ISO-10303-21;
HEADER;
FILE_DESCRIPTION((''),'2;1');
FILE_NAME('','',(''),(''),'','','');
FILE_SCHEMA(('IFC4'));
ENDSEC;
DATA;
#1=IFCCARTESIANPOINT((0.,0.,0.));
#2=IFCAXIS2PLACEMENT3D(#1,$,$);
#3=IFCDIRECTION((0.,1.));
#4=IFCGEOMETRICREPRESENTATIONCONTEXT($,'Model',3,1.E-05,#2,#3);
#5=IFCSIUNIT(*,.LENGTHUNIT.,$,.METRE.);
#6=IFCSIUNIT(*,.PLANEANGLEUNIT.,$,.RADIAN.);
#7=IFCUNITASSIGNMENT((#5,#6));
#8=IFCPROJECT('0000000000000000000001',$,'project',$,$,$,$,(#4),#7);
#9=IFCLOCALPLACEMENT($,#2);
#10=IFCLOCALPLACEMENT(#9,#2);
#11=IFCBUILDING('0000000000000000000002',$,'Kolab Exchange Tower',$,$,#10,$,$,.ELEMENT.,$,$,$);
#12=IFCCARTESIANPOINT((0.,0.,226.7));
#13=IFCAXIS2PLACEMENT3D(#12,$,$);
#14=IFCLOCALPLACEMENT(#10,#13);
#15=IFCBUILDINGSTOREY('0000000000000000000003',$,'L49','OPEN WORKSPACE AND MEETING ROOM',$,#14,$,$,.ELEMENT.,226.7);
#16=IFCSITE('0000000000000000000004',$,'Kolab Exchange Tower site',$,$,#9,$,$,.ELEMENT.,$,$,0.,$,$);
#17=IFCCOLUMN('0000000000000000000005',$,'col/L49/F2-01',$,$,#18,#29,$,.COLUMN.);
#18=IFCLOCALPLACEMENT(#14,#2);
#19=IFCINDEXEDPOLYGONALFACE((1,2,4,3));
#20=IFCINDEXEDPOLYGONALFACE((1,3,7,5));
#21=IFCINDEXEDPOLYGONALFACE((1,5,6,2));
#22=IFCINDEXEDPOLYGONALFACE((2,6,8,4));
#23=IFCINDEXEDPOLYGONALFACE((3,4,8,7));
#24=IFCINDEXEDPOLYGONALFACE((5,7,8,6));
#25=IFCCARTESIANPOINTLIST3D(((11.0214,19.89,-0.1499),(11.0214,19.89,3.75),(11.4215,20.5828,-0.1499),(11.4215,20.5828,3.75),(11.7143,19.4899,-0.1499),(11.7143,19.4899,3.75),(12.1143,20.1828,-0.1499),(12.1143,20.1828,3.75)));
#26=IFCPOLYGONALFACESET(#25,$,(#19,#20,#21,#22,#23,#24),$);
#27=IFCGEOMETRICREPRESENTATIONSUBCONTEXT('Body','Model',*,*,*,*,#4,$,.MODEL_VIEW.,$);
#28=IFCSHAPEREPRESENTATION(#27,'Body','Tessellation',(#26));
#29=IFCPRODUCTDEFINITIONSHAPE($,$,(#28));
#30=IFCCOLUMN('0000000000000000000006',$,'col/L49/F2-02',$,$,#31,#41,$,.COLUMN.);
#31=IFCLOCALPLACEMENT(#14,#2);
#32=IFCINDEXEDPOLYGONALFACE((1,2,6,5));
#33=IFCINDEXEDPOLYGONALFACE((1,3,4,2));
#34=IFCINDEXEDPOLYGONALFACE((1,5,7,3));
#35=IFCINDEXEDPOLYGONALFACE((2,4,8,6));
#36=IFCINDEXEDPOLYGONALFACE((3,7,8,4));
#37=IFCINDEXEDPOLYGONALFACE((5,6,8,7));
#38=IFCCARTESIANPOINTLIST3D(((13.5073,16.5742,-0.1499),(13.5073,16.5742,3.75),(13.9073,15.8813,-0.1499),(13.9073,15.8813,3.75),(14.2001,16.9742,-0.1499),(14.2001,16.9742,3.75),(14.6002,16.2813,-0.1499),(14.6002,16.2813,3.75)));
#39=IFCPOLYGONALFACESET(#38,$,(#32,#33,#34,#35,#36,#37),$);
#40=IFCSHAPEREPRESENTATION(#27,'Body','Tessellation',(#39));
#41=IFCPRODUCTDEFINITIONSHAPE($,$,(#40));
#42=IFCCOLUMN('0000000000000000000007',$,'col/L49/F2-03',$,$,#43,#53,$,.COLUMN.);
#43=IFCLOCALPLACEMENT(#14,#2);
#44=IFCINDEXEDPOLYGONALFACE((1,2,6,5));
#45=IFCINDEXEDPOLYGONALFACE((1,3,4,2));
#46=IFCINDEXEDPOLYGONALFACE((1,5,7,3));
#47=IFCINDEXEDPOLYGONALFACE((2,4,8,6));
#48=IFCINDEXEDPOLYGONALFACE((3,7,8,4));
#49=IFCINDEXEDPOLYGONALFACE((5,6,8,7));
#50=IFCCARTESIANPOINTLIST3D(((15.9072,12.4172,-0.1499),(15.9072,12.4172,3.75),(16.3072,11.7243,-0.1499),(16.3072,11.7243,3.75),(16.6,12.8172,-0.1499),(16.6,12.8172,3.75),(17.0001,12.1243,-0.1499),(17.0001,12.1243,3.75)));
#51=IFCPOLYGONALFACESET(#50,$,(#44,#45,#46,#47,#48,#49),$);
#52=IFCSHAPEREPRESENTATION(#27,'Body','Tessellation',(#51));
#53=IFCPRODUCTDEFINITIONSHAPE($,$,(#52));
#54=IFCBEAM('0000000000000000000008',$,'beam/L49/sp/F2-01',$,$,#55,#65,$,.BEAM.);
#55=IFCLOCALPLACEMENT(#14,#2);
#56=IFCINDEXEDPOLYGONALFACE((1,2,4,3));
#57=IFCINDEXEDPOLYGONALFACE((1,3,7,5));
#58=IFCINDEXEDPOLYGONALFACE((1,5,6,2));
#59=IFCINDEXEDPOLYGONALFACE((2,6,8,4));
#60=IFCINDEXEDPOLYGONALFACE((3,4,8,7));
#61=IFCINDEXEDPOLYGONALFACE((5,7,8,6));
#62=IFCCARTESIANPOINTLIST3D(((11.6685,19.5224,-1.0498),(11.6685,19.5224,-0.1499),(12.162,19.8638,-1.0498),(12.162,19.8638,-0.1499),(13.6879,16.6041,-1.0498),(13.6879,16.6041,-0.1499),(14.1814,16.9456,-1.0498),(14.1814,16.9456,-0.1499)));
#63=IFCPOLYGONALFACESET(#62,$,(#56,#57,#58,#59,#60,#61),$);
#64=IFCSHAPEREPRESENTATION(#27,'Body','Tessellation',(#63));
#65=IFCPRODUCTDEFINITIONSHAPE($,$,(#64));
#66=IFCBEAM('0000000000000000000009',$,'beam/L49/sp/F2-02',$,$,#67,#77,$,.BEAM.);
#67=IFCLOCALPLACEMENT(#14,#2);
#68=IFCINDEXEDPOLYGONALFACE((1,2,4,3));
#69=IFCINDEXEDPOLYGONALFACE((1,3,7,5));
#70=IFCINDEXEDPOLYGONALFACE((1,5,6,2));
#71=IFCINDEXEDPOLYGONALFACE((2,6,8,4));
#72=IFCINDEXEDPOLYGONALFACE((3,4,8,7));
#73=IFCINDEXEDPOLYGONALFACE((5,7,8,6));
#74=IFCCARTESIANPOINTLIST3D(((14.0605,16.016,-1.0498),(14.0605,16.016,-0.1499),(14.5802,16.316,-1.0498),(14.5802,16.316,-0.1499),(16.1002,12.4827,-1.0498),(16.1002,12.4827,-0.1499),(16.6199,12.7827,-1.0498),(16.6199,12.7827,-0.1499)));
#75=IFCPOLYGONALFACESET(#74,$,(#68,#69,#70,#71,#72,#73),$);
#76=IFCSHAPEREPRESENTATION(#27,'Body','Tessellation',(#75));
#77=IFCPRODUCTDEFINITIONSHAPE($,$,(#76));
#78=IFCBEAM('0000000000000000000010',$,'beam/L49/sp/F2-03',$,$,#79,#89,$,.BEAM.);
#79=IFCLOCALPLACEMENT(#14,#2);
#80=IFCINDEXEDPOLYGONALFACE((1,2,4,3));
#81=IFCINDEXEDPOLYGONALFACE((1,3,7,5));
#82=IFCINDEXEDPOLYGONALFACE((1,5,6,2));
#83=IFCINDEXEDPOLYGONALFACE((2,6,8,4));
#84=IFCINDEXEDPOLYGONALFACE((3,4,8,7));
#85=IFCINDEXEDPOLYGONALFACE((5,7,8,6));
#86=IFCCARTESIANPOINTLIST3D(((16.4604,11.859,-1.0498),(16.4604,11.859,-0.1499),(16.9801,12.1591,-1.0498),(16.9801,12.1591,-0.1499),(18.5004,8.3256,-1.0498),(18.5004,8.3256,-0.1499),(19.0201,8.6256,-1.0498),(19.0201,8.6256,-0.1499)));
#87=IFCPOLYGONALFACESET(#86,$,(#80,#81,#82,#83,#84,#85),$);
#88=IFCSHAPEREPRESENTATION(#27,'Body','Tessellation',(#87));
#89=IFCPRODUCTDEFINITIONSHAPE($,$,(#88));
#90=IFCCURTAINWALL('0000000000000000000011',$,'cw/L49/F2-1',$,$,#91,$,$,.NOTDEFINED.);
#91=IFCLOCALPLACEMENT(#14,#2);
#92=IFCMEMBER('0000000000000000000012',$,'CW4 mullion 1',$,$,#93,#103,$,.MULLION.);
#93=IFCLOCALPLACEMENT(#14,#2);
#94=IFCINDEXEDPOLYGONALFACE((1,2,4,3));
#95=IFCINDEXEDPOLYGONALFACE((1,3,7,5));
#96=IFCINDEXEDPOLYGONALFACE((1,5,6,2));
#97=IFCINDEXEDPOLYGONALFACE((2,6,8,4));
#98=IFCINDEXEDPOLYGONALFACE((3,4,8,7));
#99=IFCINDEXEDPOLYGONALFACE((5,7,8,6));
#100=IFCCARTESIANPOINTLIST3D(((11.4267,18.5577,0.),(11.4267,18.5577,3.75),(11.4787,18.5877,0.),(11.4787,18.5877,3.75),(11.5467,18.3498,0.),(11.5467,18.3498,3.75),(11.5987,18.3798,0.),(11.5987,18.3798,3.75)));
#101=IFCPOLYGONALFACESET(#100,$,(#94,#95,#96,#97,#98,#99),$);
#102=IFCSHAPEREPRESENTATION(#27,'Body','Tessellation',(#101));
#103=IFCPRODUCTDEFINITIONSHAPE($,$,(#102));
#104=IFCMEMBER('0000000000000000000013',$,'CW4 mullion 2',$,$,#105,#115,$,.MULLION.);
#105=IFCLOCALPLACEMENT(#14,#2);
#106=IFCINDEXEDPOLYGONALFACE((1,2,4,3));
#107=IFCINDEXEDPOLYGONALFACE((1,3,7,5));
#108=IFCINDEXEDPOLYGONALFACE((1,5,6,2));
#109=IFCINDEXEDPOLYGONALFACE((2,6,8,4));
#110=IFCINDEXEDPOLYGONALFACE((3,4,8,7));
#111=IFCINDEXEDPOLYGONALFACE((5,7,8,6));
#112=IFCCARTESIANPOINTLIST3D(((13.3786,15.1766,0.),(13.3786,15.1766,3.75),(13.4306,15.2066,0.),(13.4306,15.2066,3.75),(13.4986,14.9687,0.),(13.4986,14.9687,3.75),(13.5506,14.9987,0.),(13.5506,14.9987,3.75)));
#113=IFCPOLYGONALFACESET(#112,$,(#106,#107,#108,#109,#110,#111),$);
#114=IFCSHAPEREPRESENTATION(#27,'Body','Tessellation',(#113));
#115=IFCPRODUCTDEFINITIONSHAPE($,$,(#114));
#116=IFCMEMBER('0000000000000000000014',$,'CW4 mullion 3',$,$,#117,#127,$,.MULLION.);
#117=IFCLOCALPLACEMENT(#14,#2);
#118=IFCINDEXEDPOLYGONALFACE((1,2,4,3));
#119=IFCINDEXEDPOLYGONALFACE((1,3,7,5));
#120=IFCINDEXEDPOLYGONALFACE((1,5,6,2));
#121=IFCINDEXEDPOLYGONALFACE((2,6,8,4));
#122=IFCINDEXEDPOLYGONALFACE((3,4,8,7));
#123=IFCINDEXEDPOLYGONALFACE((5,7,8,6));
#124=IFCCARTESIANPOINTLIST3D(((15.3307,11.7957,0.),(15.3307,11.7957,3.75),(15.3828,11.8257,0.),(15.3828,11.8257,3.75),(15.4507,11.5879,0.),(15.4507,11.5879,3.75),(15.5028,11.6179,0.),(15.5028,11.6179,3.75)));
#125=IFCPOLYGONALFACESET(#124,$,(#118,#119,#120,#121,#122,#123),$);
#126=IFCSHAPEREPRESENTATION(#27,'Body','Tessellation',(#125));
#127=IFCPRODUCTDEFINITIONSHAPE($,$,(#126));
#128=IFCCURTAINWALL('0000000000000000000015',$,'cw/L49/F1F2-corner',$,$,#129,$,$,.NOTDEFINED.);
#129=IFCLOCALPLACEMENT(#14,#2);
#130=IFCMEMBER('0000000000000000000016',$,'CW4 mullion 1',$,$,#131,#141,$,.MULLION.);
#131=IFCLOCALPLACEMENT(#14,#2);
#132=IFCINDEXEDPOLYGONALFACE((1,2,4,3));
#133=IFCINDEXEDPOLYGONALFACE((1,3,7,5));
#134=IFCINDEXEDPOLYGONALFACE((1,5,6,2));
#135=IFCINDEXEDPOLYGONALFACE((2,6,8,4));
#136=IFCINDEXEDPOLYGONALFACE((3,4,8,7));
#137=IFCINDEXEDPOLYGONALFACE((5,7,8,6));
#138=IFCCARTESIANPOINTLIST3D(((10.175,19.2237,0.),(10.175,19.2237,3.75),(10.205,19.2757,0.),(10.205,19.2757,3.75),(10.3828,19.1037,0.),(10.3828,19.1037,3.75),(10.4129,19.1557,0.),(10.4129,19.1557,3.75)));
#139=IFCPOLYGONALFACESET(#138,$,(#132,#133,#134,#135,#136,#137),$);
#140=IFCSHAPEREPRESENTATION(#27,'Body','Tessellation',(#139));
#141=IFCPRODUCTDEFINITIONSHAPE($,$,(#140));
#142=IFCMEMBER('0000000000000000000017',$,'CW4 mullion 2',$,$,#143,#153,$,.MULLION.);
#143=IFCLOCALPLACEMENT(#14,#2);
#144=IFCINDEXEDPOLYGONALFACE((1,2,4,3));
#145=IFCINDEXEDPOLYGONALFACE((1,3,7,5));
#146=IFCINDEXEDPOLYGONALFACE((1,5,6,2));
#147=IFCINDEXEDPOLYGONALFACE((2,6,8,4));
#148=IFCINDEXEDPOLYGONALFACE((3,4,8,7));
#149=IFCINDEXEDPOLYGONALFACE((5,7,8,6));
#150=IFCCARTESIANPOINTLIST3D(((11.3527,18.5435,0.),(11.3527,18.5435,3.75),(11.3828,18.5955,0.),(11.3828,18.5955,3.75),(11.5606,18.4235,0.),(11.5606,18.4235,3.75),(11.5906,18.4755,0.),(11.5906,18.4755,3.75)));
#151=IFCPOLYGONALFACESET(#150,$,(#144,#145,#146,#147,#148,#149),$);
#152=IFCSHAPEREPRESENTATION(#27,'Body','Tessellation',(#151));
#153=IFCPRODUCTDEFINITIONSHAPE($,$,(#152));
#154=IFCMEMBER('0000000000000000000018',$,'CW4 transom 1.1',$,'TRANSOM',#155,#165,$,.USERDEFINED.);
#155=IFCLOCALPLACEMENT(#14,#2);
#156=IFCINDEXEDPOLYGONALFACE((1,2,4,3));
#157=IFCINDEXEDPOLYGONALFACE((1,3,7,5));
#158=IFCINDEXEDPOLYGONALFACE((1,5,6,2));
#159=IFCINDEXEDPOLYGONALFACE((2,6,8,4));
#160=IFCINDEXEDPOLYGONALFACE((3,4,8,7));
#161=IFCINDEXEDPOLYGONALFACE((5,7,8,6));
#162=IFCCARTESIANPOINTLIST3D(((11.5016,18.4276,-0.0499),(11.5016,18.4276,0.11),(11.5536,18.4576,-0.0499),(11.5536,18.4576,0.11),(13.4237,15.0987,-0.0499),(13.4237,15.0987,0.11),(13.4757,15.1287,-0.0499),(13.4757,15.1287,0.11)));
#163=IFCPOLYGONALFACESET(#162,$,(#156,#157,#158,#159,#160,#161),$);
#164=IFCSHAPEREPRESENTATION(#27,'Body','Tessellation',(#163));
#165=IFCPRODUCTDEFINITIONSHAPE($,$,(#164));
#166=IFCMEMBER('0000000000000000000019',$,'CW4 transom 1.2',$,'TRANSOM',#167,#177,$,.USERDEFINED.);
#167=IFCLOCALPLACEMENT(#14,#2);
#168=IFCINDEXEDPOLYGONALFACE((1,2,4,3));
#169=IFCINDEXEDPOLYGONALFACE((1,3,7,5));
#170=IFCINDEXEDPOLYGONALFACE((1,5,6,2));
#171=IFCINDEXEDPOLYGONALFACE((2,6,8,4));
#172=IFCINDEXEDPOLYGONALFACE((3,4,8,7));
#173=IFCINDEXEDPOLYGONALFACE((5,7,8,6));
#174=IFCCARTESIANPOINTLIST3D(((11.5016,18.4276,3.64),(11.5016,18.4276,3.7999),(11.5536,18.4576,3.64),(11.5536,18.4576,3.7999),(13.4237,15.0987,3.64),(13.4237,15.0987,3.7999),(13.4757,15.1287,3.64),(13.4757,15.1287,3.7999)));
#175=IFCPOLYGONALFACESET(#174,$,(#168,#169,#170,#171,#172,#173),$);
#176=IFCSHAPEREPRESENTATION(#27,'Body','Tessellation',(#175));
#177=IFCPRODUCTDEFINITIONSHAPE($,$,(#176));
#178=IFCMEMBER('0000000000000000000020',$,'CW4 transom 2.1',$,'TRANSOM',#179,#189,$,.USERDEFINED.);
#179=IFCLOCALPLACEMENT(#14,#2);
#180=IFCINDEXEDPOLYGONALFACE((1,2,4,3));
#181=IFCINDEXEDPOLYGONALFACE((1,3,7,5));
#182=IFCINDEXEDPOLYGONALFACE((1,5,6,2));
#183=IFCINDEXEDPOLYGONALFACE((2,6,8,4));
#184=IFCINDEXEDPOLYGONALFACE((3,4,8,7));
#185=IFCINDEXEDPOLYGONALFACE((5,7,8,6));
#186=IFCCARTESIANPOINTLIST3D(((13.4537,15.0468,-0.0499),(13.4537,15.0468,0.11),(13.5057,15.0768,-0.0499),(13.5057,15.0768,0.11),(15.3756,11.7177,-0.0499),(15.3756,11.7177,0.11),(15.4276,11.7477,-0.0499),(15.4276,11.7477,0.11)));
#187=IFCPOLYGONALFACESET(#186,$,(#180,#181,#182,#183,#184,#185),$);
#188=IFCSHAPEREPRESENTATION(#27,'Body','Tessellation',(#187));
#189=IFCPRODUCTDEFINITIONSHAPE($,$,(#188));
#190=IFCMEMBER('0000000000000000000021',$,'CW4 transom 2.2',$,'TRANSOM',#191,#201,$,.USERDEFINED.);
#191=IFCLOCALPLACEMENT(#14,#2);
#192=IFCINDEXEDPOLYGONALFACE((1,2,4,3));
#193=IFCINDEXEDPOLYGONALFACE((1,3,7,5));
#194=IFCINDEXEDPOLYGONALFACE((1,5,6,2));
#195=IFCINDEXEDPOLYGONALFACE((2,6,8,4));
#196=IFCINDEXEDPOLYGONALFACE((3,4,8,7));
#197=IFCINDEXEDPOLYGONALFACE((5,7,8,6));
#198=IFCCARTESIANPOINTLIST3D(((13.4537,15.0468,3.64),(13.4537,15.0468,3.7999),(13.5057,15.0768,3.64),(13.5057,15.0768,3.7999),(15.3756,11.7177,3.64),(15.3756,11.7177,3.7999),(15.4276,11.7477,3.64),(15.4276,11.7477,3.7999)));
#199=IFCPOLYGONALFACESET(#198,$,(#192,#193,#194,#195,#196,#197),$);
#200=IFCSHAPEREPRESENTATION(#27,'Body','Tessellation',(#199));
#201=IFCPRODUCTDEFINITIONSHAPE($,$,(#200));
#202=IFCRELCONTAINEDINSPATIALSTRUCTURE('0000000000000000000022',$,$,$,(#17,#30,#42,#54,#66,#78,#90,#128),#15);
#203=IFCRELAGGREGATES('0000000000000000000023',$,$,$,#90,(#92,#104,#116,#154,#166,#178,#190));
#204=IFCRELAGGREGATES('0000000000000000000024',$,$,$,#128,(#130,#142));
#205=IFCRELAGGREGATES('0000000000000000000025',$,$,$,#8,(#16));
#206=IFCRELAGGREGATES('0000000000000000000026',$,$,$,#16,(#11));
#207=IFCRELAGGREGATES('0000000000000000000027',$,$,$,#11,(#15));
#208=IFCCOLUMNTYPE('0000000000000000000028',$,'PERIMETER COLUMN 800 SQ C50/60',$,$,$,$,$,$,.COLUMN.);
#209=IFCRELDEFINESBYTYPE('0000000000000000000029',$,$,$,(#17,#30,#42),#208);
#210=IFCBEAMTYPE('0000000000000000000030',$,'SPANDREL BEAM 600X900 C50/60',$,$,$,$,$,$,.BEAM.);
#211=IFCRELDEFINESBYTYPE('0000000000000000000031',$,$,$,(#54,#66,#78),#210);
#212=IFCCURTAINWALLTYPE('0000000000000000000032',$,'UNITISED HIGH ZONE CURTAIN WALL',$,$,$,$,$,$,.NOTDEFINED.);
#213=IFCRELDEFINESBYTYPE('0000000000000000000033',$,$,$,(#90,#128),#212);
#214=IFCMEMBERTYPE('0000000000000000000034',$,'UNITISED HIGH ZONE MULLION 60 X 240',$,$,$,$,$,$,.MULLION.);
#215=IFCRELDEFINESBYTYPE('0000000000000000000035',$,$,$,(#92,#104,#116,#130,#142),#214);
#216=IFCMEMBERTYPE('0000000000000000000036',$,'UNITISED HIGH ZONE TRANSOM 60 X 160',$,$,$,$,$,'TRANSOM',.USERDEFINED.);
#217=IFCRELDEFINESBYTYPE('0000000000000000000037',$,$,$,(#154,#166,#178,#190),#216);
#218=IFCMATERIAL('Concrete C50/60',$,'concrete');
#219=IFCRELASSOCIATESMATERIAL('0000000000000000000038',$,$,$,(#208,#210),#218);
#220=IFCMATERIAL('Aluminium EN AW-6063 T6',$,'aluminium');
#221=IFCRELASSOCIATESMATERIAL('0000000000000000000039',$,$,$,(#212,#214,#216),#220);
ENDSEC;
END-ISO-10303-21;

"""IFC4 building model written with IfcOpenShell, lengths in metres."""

from ifc_helpers import new_model, si_unit, direction, frame, origin, origin_2d, place, context, subcontext, project, spatial, rectangle, extrude, material, material_profile, profile_set, type_object, element, aggregate, save


model = new_model("IFC4")

# Units and contexts
model_context = context("Model", 3, precision=1e-05, world=origin(), true_north=direction((0.0, 1.0)))
body_context = subcontext(model_context, "Body", "Model", "MODEL_VIEW")
ifc_project = project(units=[si_unit("LENGTHUNIT", "METRE"), si_unit("PLANEANGLEUNIT", "RADIAN")], contexts=[model_context])

# Site, building, storey
site_placement = place(None, origin())
site = spatial("IfcSite", under=ifc_project, at=site_placement, Name="Kolab Exchange Tower site", CompositionType="ELEMENT", RefElevation=0.0)
building_placement = place(site_placement, origin())
building = spatial("IfcBuilding", under=site, at=building_placement, Name="Kolab Exchange Tower", CompositionType="ELEMENT")
storey_placement = place(building_placement, frame((0.0, 0.0, 226.7)))
storey = spatial("IfcBuildingStorey", under=building, at=storey_placement, Name="L49", Description="OPEN WORKSPACE AND MEETING ROOM", CompositionType="ELEMENT", Elevation=226.7)

# Columns
ifc_material_1 = material(Name="Concrete C50/60", Category="concrete")
ifc_material_profile_1 = material_profile(ifc_material_1, rectangle(XDim=0.8, YDim=0.8, at=origin_2d()), Name="RC800")
ifc_profile_set_1 = profile_set([ifc_material_profile_1], Name="Concrete C50/60")
column_type = type_object("IfcColumnType", Name="PERIMETER COLUMN 800 SQ C50/60", PredefinedType="COLUMN", material=ifc_profile_set_1)
for number, where, z_axis, x_axis, name in (
    (1, (11.5679, 20.0364, -0.1499), (0.0, 0.0, 1.0), (0.5, 0.866025, 0.0), "col/L49/F2-01"),
    (2, (14.0537, 16.4277, -0.1499), (0.0, 0.0, 1.0), (0.866025, 0.5, 0.0), "col/L49/F2-02"),
    (3, (16.4536, 12.2708, -0.1499), (0.0, 0.0, 1.0), (0.866025, 0.5, 0.0), "col/L49/F2-03"),
):
    element("IfcColumn", number, at=place(storey_placement, frame(where, z_axis=z_axis, x_axis=x_axis)), inside=storey, type_object=column_type, Name=name, PredefinedType="COLUMN", context=body_context, shape_type="SweptSolid", body=[
        extrude(rectangle(XDim=0.8, YDim=0.8, at=origin_2d()), origin(), (0.0, 0.0, 1.0), 3.8999),
    ])

# Beams
ifc_material_profile_2 = material_profile(ifc_material_1, rectangle(XDim=0.6001, YDim=0.8999, at=origin_2d()), Name="RC600X900")
ifc_profile_set_2 = profile_set([ifc_material_profile_2], Name="Concrete C50/60")
beam_type = type_object("IfcBeamType", Name="SPANDREL BEAM 600X900 C50/60", PredefinedType="BEAM", material=ifc_profile_set_2)
beam_1_placement = place(storey_placement, frame((11.9153, 19.6931, -0.5999), z_axis=(0.569017, -0.822326, 0.0), x_axis=(0.822326, 0.569017, 0.0)))
element("IfcBeam", 4, at=beam_1_placement, inside=storey, type_object=beam_type, Name="beam/L49/sp/F2-01", PredefinedType="BEAM", context=body_context, shape_type="SweptSolid", body=[
    extrude(rectangle(XDim=0.6001, YDim=0.8999, at=origin_2d()), origin(), (0.0, 0.0, 1.0), 3.5488),
])
beam_2_placement = place(storey_placement, frame((14.3203, 16.166, -0.5999), z_axis=(0.499956, -0.866051, 0.0), x_axis=(0.866051, 0.499956, 0.0)))
element("IfcBeam", 5, at=beam_2_placement, inside=storey, type_object=beam_type, Name="beam/L49/sp/F2-02", PredefinedType="BEAM", context=body_context, shape_type="SweptSolid", body=[
    extrude(rectangle(XDim=0.6001, YDim=0.8999, at=origin_2d()), origin(), (0.0, 0.0, 1.0), 4.0798),
])
beam_3_placement = place(storey_placement, frame((16.7202, 12.009, -0.5999), z_axis=(0.5, -0.866025, 0.0), x_axis=(0.866025, 0.5, 0.0)))
element("IfcBeam", 6, at=beam_3_placement, inside=storey, type_object=beam_type, Name="beam/L49/sp/F2-03", PredefinedType="BEAM", context=body_context, shape_type="SweptSolid", body=[
    extrude(rectangle(XDim=0.6001, YDim=0.8999, at=origin_2d()), origin(), (0.0, 0.0, 1.0), 4.0801),
])

# Curtain walls, members
ifc_material_2 = material(Name="Aluminium EN AW-6063 T6", Category="aluminium")
curtain_wall_type = type_object("IfcCurtainWallType", Name="UNITISED HIGH ZONE CURTAIN WALL", PredefinedType="NOTDEFINED", material=ifc_material_2)
curtain_wall_1_placement = place(storey_placement, origin())
curtain_wall_1 = element("IfcCurtainWall", 7, at=curtain_wall_1_placement, inside=storey, type_object=curtain_wall_type, Name="cw/L49/F2-1", PredefinedType="NOTDEFINED")
ifc_material_profile_3 = material_profile(ifc_material_2, rectangle(XDim=0.0601, YDim=0.24, at=origin_2d()), Name="RECT 60X240")
ifc_profile_set_3 = profile_set([ifc_material_profile_3], Name="Aluminium EN AW-6063 T6")
member_type_1 = type_object("IfcMemberType", Name="UNITISED HIGH ZONE MULLION 60 X 240", PredefinedType="MULLION", material=ifc_profile_set_3)
member_1_placement = place(storey_placement, frame((11.5127, 18.4688, 0.0), z_axis=(0.0, 0.0, 1.0), x_axis=(0.866025, 0.5, 0.0)))
member_1 = element("IfcMember", 8, at=member_1_placement, type_object=member_type_1, Name="CW4 mullion 1", PredefinedType="MULLION", context=body_context, shape_type="SweptSolid", body=[
    extrude(rectangle(XDim=0.0601, YDim=0.24, at=origin_2d()), origin(), (0.0, 0.0, 1.0), 3.75),
])
member_2_placement = place(storey_placement, frame((13.4646, 15.0876, 0.0), z_axis=(0.0, 0.0, 1.0), x_axis=(0.866025, 0.5, 0.0)))
member_2 = element("IfcMember", 9, at=member_2_placement, type_object=member_type_1, Name="CW4 mullion 2", PredefinedType="MULLION", context=body_context, shape_type="SweptSolid", body=[
    extrude(rectangle(XDim=0.0601, YDim=0.24, at=origin_2d()), origin(), (0.0, 0.0, 1.0), 3.75),
])
member_3_placement = place(storey_placement, frame((15.4167, 11.7068, 0.0), z_axis=(0.0, 0.0, 1.0), x_axis=(0.866025, 0.5, 0.0)))
member_3 = element("IfcMember", 10, at=member_3_placement, type_object=member_type_1, Name="CW4 mullion 3", PredefinedType="MULLION", context=body_context, shape_type="SweptSolid", body=[
    extrude(rectangle(XDim=0.0601, YDim=0.24, at=origin_2d()), origin(), (0.0, 0.0, 1.0), 3.75),
])
curtain_wall_2_placement = place(storey_placement, origin())
curtain_wall_2 = element("IfcCurtainWall", 11, at=curtain_wall_2_placement, inside=storey, type_object=curtain_wall_type, Name="cw/L49/F1F2-corner", PredefinedType="NOTDEFINED")
member_4_placement = place(storey_placement, frame((10.2939, 19.1897, 0.0), z_axis=(0.0, 0.0, 1.0), x_axis=(0.5, 0.866025, 0.0)))
member_4 = element("IfcMember", 12, at=member_4_placement, type_object=member_type_1, Name="CW4 mullion 1", PredefinedType="MULLION", context=body_context, shape_type="SweptSolid", body=[
    extrude(rectangle(XDim=0.0601, YDim=0.24, at=origin_2d()), origin(), (0.0, 0.0, 1.0), 3.75),
])
member_5_placement = place(storey_placement, frame((11.4717, 18.5095, 0.0), z_axis=(0.0, 0.0, 1.0), x_axis=(0.5, 0.866025, 0.0)))
member_5 = element("IfcMember", 13, at=member_5_placement, type_object=member_type_1, Name="CW4 mullion 2", PredefinedType="MULLION", context=body_context, shape_type="SweptSolid", body=[
    extrude(rectangle(XDim=0.0601, YDim=0.24, at=origin_2d()), origin(), (0.0, 0.0, 1.0), 3.75),
])

# Members
ifc_material_profile_4 = material_profile(ifc_material_2, rectangle(XDim=0.0601, YDim=0.1599, at=origin_2d()), Name="RECT 60X160")
ifc_profile_set_4 = profile_set([ifc_material_profile_4], Name="Aluminium EN AW-6063 T6")
member_type_2 = type_object("IfcMemberType", Name="UNITISED HIGH ZONE TRANSOM 60 X 160", ElementType="TRANSOM", PredefinedType="USERDEFINED", material=ifc_profile_set_4)
member_6_placement = place(storey_placement, frame((11.5276, 18.4426, 0.03), z_axis=(0.500039, -0.866003, 0.0), x_axis=(0.866003, 0.500039, 0.0)))
member_6 = element("IfcMember", 14, at=member_6_placement, type_object=member_type_2, Name="CW4 transom 1.1", ObjectType="TRANSOM", PredefinedType="USERDEFINED", context=body_context, shape_type="SweptSolid", body=[
    extrude(rectangle(XDim=0.0601, YDim=0.1599, at=origin_2d()), origin(), (0.0, 0.0, 1.0), 3.844),
])
member_7_placement = place(storey_placement, frame((11.5276, 18.4426, 3.72), z_axis=(0.500039, -0.866003, 0.0), x_axis=(0.866003, 0.500039, 0.0)))
member_7 = element("IfcMember", 15, at=member_7_placement, type_object=member_type_2, Name="CW4 transom 1.2", ObjectType="TRANSOM", PredefinedType="USERDEFINED", context=body_context, shape_type="SweptSolid", body=[
    extrude(rectangle(XDim=0.0601, YDim=0.1599, at=origin_2d()), origin(), (0.0, 0.0, 1.0), 3.844),
])
member_8_placement = place(storey_placement, frame((13.4797, 15.0618, 0.03), z_axis=(0.499964, -0.866046, 0.0), x_axis=(0.866046, 0.499964, 0.0)))
member_8 = element("IfcMember", 16, at=member_8_placement, type_object=member_type_2, Name="CW4 transom 2.1", ObjectType="TRANSOM", PredefinedType="USERDEFINED", context=body_context, shape_type="SweptSolid", body=[
    extrude(rectangle(XDim=0.0601, YDim=0.1599, at=origin_2d()), origin(), (0.0, 0.0, 1.0), 3.844),
])
member_9_placement = place(storey_placement, frame((13.4797, 15.0618, 3.72), z_axis=(0.499964, -0.866046, 0.0), x_axis=(0.866046, 0.499964, 0.0)))
member_9 = element("IfcMember", 17, at=member_9_placement, type_object=member_type_2, Name="CW4 transom 2.2", ObjectType="TRANSOM", PredefinedType="USERDEFINED", context=body_context, shape_type="SweptSolid", body=[
    extrude(rectangle(XDim=0.0601, YDim=0.1599, at=origin_2d()), origin(), (0.0, 0.0, 1.0), 3.844),
])

aggregate(curtain_wall_1, [member_1, member_2, member_3, member_6, member_7, member_8, member_9])
aggregate(curtain_wall_2, [member_4, member_5])

save(model, "model.ifc")
